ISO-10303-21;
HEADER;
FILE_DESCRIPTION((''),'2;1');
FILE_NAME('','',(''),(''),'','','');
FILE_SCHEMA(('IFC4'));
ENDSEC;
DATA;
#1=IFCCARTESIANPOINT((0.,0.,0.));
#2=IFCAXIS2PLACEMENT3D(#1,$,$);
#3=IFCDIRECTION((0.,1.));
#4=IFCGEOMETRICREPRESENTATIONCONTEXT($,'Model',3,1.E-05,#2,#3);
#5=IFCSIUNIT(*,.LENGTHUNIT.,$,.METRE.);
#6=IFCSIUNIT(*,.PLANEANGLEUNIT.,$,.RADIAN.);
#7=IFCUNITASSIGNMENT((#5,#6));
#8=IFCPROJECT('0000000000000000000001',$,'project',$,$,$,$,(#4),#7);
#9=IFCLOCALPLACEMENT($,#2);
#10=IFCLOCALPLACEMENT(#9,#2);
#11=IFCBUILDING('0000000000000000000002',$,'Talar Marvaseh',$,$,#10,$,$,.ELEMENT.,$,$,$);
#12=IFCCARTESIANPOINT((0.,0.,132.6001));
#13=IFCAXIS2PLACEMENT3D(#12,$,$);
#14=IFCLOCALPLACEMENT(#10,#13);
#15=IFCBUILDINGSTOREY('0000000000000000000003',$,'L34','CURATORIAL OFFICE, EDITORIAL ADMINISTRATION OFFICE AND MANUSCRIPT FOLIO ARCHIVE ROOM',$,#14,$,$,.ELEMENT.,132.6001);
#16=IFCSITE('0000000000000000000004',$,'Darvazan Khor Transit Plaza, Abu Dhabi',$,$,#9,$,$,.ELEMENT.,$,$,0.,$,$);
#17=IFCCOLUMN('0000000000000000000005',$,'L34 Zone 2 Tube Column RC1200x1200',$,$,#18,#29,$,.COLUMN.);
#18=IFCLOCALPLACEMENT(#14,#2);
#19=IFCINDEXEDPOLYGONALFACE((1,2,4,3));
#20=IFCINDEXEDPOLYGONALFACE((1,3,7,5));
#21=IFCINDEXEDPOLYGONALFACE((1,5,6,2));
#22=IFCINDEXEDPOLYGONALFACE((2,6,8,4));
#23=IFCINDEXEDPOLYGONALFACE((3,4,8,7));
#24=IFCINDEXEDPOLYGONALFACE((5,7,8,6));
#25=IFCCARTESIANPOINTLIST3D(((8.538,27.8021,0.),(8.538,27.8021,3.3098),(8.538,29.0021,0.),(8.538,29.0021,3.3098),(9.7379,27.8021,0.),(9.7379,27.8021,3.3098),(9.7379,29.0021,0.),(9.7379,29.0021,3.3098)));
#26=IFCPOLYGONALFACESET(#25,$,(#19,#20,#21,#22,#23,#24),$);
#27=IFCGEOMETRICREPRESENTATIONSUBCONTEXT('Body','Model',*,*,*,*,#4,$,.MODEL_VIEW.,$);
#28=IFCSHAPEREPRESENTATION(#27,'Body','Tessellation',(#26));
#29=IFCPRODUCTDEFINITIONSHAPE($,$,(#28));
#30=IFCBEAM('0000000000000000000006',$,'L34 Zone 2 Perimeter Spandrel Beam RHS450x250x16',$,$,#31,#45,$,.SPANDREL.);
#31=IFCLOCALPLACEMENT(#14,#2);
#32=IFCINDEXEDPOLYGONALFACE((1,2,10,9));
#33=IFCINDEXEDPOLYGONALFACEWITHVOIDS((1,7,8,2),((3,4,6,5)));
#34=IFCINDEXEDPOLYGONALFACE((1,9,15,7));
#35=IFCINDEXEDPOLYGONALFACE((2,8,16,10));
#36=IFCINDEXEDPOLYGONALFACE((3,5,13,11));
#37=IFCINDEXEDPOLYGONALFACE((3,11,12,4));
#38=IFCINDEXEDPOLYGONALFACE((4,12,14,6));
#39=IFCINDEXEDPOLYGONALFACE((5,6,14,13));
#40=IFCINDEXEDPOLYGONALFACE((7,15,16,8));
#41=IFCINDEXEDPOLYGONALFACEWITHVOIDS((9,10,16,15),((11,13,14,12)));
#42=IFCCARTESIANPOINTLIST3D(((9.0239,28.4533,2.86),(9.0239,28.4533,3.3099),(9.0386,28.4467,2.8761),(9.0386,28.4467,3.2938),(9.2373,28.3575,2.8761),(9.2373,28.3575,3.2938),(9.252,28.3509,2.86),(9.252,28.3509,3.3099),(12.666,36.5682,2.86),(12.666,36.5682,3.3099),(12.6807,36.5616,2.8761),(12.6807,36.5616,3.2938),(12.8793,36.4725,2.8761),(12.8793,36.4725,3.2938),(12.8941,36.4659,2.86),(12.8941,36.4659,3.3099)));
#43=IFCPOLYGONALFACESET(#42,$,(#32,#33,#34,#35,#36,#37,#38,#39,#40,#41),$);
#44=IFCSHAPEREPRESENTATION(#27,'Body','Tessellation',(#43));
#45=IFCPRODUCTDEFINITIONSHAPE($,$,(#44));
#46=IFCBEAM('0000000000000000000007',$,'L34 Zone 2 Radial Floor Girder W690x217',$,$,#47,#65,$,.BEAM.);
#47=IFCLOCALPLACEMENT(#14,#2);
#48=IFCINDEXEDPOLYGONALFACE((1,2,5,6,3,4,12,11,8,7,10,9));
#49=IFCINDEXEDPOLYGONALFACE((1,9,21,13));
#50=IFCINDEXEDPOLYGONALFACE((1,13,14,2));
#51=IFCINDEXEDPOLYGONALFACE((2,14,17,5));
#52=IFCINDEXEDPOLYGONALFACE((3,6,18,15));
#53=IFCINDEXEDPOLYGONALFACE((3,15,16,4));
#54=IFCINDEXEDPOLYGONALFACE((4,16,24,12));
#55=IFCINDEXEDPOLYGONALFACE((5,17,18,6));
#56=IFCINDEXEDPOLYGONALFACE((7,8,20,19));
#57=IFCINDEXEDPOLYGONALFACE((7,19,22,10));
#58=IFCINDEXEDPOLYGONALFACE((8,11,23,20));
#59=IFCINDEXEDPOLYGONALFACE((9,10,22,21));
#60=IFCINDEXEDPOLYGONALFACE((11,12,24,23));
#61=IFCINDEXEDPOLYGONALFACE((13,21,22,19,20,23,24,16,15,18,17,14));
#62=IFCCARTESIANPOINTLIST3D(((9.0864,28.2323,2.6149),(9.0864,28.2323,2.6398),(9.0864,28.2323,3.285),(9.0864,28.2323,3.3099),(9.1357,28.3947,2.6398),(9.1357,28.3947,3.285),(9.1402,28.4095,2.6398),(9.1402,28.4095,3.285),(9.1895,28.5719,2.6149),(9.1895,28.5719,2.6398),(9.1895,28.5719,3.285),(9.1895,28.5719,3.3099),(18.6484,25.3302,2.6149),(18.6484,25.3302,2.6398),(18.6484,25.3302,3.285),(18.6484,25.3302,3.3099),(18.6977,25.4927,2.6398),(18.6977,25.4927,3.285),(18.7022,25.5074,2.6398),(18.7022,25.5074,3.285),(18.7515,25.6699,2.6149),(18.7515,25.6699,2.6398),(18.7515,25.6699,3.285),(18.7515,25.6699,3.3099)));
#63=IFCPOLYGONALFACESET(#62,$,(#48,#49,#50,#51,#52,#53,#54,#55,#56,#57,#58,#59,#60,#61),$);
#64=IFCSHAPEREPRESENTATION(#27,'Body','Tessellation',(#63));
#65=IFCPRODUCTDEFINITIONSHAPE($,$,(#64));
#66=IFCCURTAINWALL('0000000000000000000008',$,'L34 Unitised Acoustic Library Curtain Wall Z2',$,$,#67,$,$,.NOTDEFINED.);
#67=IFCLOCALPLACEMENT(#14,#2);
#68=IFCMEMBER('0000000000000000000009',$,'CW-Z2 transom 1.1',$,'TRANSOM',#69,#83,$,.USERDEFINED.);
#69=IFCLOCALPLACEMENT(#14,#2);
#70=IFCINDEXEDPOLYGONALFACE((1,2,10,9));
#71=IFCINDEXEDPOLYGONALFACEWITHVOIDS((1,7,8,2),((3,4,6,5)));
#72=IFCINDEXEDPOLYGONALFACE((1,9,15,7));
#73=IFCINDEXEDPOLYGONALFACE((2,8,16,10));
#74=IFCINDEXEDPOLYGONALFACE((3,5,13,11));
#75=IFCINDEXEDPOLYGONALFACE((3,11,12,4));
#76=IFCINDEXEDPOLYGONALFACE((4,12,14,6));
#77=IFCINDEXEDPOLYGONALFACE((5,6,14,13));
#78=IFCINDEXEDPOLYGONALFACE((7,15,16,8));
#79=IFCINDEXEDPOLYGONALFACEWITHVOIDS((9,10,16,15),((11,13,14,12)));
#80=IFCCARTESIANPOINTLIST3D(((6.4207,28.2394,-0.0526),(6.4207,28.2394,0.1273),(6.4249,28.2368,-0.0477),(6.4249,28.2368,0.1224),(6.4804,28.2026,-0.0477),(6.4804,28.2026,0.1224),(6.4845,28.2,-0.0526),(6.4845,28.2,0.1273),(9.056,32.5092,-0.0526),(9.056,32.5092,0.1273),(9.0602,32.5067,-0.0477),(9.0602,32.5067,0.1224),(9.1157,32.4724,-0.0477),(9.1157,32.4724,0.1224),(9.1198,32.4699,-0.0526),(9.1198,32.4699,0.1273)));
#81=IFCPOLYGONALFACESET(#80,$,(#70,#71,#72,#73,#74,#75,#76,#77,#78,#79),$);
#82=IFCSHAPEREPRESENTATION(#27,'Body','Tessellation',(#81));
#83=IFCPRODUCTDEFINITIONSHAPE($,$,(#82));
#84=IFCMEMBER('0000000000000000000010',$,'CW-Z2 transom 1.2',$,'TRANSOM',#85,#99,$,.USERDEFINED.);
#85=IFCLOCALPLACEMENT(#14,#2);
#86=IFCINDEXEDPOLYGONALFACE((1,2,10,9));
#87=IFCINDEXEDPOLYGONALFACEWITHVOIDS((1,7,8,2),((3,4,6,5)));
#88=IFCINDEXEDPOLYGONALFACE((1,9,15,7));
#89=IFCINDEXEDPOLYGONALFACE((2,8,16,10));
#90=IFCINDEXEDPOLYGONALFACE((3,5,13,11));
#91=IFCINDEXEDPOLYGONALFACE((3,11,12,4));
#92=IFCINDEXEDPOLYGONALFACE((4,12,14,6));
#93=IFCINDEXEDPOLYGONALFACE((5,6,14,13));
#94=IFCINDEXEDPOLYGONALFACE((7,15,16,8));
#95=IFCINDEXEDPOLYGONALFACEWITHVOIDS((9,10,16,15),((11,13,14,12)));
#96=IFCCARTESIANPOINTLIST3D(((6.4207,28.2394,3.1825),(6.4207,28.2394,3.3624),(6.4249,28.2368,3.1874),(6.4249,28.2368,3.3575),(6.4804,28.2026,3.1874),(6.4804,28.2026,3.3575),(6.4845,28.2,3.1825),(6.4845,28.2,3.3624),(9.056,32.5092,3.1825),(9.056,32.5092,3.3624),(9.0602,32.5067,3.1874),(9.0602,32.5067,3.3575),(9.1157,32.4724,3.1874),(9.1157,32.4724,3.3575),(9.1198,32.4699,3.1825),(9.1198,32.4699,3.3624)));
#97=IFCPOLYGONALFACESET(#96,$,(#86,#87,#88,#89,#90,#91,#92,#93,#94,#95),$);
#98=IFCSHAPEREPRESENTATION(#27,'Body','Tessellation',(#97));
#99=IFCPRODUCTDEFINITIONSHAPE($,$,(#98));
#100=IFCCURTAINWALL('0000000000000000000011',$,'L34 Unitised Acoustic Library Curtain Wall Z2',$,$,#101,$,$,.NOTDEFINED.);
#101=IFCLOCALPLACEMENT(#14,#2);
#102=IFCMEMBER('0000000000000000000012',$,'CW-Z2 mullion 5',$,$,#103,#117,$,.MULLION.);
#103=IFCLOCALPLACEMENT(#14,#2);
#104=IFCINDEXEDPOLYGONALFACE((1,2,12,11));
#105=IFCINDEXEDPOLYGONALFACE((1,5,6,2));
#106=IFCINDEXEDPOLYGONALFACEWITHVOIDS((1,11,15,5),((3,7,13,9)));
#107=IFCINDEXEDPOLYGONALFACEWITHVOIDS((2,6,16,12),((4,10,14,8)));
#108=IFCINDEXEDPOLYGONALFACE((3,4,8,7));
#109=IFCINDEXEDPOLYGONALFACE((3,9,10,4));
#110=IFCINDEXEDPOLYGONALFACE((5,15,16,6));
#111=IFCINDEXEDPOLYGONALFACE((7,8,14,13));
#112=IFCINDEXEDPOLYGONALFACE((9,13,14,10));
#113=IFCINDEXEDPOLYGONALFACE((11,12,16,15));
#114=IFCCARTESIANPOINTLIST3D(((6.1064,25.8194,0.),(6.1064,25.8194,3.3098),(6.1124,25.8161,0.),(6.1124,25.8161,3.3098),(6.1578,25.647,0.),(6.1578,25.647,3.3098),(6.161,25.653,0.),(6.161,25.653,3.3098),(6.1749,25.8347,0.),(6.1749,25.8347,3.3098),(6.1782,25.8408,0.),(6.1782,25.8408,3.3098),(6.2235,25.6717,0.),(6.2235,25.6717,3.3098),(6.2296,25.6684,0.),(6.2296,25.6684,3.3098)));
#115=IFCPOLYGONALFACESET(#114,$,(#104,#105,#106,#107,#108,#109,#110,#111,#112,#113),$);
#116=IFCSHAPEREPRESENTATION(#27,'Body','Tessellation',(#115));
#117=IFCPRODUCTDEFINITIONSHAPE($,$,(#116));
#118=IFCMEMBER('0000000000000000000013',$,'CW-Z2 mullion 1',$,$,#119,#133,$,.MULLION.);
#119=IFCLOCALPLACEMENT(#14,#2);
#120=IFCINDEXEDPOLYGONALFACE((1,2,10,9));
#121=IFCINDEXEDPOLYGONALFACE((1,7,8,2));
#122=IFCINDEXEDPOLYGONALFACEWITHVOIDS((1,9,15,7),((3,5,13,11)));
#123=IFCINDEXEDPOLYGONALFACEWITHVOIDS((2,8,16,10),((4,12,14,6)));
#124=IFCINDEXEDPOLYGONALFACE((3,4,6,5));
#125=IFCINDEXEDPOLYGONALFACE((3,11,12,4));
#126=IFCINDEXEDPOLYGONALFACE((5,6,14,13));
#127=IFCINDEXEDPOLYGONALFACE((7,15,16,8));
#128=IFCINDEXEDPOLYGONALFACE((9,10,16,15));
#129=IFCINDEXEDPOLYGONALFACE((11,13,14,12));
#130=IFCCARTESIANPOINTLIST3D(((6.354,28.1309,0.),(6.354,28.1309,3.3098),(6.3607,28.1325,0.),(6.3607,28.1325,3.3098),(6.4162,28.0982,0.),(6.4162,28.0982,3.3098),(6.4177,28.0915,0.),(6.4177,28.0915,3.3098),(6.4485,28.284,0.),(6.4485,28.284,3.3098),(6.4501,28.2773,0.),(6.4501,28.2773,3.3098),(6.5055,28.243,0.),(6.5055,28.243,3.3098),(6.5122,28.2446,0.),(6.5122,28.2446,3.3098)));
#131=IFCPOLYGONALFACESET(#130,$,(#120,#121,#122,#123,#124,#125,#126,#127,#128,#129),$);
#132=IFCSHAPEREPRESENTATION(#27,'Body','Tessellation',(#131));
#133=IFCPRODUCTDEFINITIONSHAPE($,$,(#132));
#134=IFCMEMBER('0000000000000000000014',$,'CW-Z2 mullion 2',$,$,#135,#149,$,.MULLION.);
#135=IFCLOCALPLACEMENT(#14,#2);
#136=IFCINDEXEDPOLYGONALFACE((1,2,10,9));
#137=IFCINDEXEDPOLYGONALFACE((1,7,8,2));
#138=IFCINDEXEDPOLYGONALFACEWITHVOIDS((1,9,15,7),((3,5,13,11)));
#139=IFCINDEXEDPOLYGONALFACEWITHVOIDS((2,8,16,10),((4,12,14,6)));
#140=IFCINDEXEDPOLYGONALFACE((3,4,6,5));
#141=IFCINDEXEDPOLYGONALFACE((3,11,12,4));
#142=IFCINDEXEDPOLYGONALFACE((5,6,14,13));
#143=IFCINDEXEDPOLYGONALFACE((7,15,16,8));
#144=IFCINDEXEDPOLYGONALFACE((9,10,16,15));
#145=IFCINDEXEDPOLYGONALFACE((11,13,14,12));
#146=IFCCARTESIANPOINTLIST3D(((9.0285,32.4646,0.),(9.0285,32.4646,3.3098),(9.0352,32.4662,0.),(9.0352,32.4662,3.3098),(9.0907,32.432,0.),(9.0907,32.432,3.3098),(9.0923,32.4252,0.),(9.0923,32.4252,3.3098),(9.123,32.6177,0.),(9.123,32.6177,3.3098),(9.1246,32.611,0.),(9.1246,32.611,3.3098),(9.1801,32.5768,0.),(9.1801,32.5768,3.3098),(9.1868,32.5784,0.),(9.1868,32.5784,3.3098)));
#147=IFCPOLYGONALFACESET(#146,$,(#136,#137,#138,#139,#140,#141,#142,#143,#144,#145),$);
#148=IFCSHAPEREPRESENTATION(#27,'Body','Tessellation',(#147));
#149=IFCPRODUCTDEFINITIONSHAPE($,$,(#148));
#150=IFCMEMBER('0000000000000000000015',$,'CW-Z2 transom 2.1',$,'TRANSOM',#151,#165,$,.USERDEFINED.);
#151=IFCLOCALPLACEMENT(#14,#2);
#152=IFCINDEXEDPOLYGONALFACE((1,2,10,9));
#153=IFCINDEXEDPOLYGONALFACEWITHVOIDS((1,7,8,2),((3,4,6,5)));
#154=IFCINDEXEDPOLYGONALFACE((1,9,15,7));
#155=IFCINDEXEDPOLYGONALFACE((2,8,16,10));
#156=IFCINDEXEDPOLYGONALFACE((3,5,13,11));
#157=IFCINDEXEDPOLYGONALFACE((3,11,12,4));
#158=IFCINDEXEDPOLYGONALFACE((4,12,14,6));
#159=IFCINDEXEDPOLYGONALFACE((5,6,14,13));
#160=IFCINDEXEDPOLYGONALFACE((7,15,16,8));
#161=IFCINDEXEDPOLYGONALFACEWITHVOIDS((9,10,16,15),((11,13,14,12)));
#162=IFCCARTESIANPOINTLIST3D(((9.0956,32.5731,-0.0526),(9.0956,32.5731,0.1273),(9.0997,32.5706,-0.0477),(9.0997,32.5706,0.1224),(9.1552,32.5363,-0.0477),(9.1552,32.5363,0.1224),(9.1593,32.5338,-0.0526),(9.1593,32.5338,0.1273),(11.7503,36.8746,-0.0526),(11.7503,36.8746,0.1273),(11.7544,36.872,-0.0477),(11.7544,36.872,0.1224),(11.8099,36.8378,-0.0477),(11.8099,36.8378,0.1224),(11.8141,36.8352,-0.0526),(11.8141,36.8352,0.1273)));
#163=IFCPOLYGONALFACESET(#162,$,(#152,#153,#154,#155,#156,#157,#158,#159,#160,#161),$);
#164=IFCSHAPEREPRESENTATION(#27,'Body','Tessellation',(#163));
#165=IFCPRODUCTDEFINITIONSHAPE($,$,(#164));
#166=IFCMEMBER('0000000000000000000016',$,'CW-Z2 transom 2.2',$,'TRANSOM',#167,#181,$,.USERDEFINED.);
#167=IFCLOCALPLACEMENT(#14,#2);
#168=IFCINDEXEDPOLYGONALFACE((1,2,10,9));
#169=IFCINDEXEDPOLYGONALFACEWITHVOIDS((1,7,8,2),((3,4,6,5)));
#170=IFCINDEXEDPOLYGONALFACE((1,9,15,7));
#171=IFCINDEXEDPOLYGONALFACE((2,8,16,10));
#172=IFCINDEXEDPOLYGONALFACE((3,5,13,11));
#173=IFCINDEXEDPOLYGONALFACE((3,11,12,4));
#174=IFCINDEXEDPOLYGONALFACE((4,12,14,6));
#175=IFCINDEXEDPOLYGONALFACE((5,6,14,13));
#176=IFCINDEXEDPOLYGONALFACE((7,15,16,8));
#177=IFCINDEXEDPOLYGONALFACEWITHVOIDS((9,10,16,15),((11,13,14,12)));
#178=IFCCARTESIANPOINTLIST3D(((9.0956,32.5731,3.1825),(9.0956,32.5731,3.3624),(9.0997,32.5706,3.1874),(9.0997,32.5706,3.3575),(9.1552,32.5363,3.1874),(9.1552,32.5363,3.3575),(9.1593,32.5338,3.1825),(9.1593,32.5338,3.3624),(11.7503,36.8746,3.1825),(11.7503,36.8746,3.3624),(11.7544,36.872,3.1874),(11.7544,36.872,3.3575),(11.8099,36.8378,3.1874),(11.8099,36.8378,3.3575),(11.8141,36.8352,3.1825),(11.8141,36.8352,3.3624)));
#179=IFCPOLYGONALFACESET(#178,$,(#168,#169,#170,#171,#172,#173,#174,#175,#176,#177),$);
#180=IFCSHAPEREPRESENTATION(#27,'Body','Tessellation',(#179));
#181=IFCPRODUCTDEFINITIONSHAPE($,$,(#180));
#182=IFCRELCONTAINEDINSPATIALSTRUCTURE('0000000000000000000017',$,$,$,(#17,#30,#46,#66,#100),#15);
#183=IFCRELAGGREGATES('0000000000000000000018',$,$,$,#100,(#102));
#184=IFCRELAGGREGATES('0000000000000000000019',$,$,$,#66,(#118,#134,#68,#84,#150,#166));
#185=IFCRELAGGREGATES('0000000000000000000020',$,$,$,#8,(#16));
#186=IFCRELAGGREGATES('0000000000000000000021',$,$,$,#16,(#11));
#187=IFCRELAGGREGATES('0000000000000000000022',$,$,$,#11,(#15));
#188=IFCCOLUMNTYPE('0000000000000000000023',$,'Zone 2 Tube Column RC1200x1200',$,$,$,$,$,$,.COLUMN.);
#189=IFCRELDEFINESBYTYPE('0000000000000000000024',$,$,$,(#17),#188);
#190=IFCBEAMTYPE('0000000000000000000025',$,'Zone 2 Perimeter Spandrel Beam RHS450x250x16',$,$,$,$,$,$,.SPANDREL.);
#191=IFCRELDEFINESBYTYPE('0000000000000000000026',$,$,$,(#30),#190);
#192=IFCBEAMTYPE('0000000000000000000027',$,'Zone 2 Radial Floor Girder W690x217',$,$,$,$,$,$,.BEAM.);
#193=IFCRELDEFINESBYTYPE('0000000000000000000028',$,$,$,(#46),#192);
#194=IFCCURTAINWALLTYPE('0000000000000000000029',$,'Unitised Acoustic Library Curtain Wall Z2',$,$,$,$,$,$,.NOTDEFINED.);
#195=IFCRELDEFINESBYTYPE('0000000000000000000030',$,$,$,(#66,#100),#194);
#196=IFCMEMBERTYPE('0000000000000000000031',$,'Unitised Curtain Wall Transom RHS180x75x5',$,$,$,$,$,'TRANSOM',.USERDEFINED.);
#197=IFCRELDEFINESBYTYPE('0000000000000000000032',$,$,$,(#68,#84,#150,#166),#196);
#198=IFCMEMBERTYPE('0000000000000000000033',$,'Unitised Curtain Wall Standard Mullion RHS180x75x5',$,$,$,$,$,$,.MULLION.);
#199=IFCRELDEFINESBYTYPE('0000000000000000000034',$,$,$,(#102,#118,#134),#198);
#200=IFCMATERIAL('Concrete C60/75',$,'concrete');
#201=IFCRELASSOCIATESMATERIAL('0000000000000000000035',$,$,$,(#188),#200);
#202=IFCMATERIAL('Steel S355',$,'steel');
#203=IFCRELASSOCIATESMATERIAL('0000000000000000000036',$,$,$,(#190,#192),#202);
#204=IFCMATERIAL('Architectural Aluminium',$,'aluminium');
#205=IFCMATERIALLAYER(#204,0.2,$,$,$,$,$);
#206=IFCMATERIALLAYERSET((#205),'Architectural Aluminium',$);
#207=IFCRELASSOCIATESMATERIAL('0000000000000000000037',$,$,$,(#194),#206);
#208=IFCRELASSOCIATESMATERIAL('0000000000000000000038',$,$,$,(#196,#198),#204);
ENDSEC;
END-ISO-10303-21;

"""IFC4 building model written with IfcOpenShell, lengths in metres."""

from ifc_helpers import new_model, si_unit, direction, frame, origin, origin_2d, place, context, subcontext, project, spatial, rectangle, hollow_rectangle, i_section, extrude, source, transform, mapped, material, layer, layer_set, material_profile, profile_set, type_object, type_shapes, element, aggregate, save


model = new_model("IFC4")

# Units and contexts
model_context = context("Model", 3, precision=1e-05, world=origin(), true_north=direction((0.0, 1.0)))
body_context = subcontext(model_context, "Body", "Model", "MODEL_VIEW")
ifc_project = project(units=[si_unit("LENGTHUNIT", "METRE"), si_unit("PLANEANGLEUNIT", "RADIAN")], contexts=[model_context])

# Site, building, storey
site_placement = place(None, origin())
site = spatial("IfcSite", under=ifc_project, at=site_placement, Name="Darvazan Khor Transit Plaza, Abu Dhabi", CompositionType="ELEMENT", RefElevation=0.0)
building_placement = place(site_placement, origin())
building = spatial("IfcBuilding", under=site, at=building_placement, Name="Talar Marvaseh", CompositionType="ELEMENT")
storey_placement = place(building_placement, frame((0.0, 0.0, 132.6001)))
storey = spatial("IfcBuildingStorey", under=building, at=storey_placement, Name="L34", Description="CURATORIAL OFFICE, EDITORIAL ADMINISTRATION OFFICE AND MANUSCRIPT FOLIO ARCHIVE ROOM", CompositionType="ELEMENT", Elevation=132.6001)

# Column
ifc_material_1 = material(Name="Concrete C60/75", Category="concrete")
ifc_material_profile_1 = material_profile(ifc_material_1, rectangle(XDim=1.2, YDim=1.2, at=origin_2d()), Name="RC1200x1200")
ifc_profile_set_1 = profile_set([ifc_material_profile_1], Name="Concrete C60/75")
column_type = type_object("IfcColumnType", Name="Zone 2 Tube Column RC1200x1200", PredefinedType="COLUMN", material=ifc_profile_set_1)
column_placement = place(storey_placement, frame((9.1379, 28.4021, 0.0), z_axis=(0.0, 0.0, 1.0), x_axis=(1.0, 0.0, 0.0)))
element("IfcColumn", 1, at=column_placement, inside=storey, type_object=column_type, Name="L34 Zone 2 Tube Column RC1200x1200", PredefinedType="COLUMN", context=body_context, shape_type="SweptSolid", body=[
    extrude(rectangle(XDim=1.2, YDim=1.2, at=origin_2d()), origin(), (0.0, 0.0, 1.0), 3.3098),
])

# Beams
ifc_material_2 = material(Name="Steel S355", Category="steel")
ifc_material_profile_2 = material_profile(ifc_material_2, hollow_rectangle(XDim=0.25, YDim=0.45, WallThickness=0.0161, at=origin_2d()), Name="RHS450x250x16")
ifc_profile_set_2 = profile_set([ifc_material_profile_2], Name="Steel S355")
beam_type_1 = type_object("IfcBeamType", Name="Zone 2 Perimeter Spandrel Beam RHS450x250x16", PredefinedType="SPANDREL", material=ifc_profile_set_2)
beam_1_placement = place(storey_placement, frame((9.1379, 28.4021, 3.085), z_axis=(0.409462, 0.912327, 0.0), x_axis=(-0.912327, 0.409462, 0.0)))
element("IfcBeam", 2, at=beam_1_placement, inside=storey, type_object=beam_type_1, Name="L34 Zone 2 Perimeter Spandrel Beam RHS450x250x16", PredefinedType="SPANDREL", context=body_context, shape_type="SweptSolid", body=[
    extrude(hollow_rectangle(XDim=0.25, YDim=0.45, WallThickness=0.0161, at=origin_2d()), origin(), (0.0, 0.0, 1.0), 8.8948),
])
ifc_material_profile_3 = material_profile(ifc_material_2, i_section(OverallWidth=0.355, OverallDepth=0.6951, WebThickness=0.0154, FlangeThickness=0.0249, at=origin_2d()), Name="W690x217")
ifc_profile_set_3 = profile_set([ifc_material_profile_3], Name="Steel S355")
beam_type_2 = type_object("IfcBeamType", Name="Zone 2 Radial Floor Girder W690x217", PredefinedType="BEAM", material=ifc_profile_set_3)
beam_2_placement = place(storey_placement, frame((9.1379, 28.4021, 2.9624), z_axis=(0.956899, -0.290422, 0.0), x_axis=(0.290422, 0.956899, 0.0)))
element("IfcBeam", 3, at=beam_2_placement, inside=storey, type_object=beam_type_2, Name="L34 Zone 2 Radial Floor Girder W690x217", PredefinedType="BEAM", context=body_context, shape_type="SweptSolid", body=[
    extrude(i_section(OverallWidth=0.355, OverallDepth=0.6951, WebThickness=0.0154, FlangeThickness=0.0249, at=origin_2d()), origin(), (0.0, 0.0, 1.0), 9.9927),
])

# Curtain wall, members
ifc_material_3 = material(Name="Architectural Aluminium", Category="aluminium")
ifc_layer_1 = layer(ifc_material_3, 0.2)
ifc_layer_set_1 = layer_set([ifc_layer_1], Name="Architectural Aluminium")
curtain_wall_type = type_object("IfcCurtainWallType", Name="Unitised Acoustic Library Curtain Wall Z2", PredefinedType="NOTDEFINED", material=ifc_layer_set_1)
curtain_wall_1_placement = place(storey_placement, origin())
curtain_wall_1 = element("IfcCurtainWall", 4, at=curtain_wall_1_placement, inside=storey, type_object=curtain_wall_type, Name="L34 Unitised Acoustic Library Curtain Wall Z2", PredefinedType="NOTDEFINED")
ifc_material_profile_4 = material_profile(ifc_material_3, hollow_rectangle(XDim=0.075, YDim=0.1799, WallThickness=0.0049, at=origin_2d()), Name="RHS180x75x5")
ifc_profile_set_4 = profile_set([ifc_material_profile_4], Name="Architectural Aluminium")
member_type_1 = type_object("IfcMemberType", Name="Unitised Curtain Wall Transom RHS180x75x5", ElementType="TRANSOM", PredefinedType="USERDEFINED", material=ifc_profile_set_4)
shared_shape_1 = source(origin(), body_context, "Body", "SweptSolid", [
    extrude(hollow_rectangle(XDim=0.075, YDim=0.1799, WallThickness=0.0049, at=origin_2d()), origin(), (0.0, 0.0, 1.0), 5.0176),
])
member_1_placement = place(storey_placement, frame((6.4526, 28.2197, 0.0374), z_axis=(0.52521, 0.850973, 0.0), x_axis=(-0.850973, 0.52521, 0.0)))
member_1 = element("IfcMember", 5, at=member_1_placement, type_object=member_type_1, Name="CW-Z2 transom 1.1", ObjectType="TRANSOM", PredefinedType="USERDEFINED", context=body_context, shape_type="MappedRepresentation", body=[
    mapped(shared_shape_1, transform((0.0, 0.0, 0.0), x_axis=(1.0, 0.0, 0.0), y_axis=(0.0, 1.0, 0.0), z_axis=(0.0, 0.0, 1.0), scale=1.0)),
])
member_2_placement = place(storey_placement, frame((6.4526, 28.2197, 3.2725), z_axis=(0.52521, 0.850973, 0.0), x_axis=(-0.850973, 0.52521, 0.0)))
member_2 = element("IfcMember", 6, at=member_2_placement, type_object=member_type_1, Name="CW-Z2 transom 1.2", ObjectType="TRANSOM", PredefinedType="USERDEFINED", context=body_context, shape_type="MappedRepresentation", body=[
    mapped(shared_shape_1, transform((0.0, 0.0, 0.0), x_axis=(1.0, 0.0, 0.0), y_axis=(0.0, 1.0, 0.0), z_axis=(0.0, 0.0, 1.0), scale=1.0)),
])

# Curtain wall, member
curtain_wall_2_placement = place(storey_placement, origin())
curtain_wall_2 = element("IfcCurtainWall", 7, at=curtain_wall_2_placement, inside=storey, type_object=curtain_wall_type, Name="L34 Unitised Acoustic Library Curtain Wall Z2", PredefinedType="NOTDEFINED")
ifc_material_profile_5 = material_profile(ifc_material_3, hollow_rectangle(XDim=0.075, YDim=0.1799, WallThickness=0.0049, at=origin_2d()), Name="RHS180x75x5")
ifc_profile_set_5 = profile_set([ifc_material_profile_5], Name="Architectural Aluminium")
member_type_2 = type_object("IfcMemberType", Name="Unitised Curtain Wall Standard Mullion RHS180x75x5", PredefinedType="MULLION", material=ifc_profile_set_5)
shared_shape_2 = source(origin(), body_context, "Body", "SweptSolid", [
    extrude(hollow_rectangle(XDim=0.075, YDim=0.1799, WallThickness=0.0049, at=origin_2d()), origin(), (0.0, 0.0, 1.0), 3.3098),
])
type_shapes(member_type_2, [shared_shape_2])
member_3_placement = place(storey_placement, frame((6.168, 25.7439, 0.0), z_axis=(0.0, 0.0, 1.0), x_axis=(-0.958341, -0.285628, 0.0)))
member_3 = element("IfcMember", 8, at=member_3_placement, type_object=member_type_2, Name="CW-Z2 mullion 5", PredefinedType="MULLION", context=body_context, shape_type="MappedRepresentation", body=[
    mapped(shared_shape_2, transform((0.0, 0.0, 0.0), x_axis=(1.0, 0.0, 0.0), y_axis=(0.0, 1.0, 0.0), z_axis=(0.0, 0.0, 1.0), scale=1.0)),
])
aggregate(curtain_wall_2, [member_3])

# Members
member_4_placement = place(storey_placement, frame((6.4331, 28.1877, 0.0), z_axis=(0.0, 0.0, 1.0), x_axis=(-0.850974, 0.525207, 0.0)))
member_4 = element("IfcMember", 9, at=member_4_placement, type_object=member_type_2, Name="CW-Z2 mullion 1", PredefinedType="MULLION", context=body_context, shape_type="MappedRepresentation", body=[
    mapped(shared_shape_2, transform((0.0, 0.0, 0.0), x_axis=(1.0, 0.0, 0.0), y_axis=(0.0, 1.0, 0.0), z_axis=(0.0, 0.0, 1.0), scale=1.0)),
])
member_5_placement = place(storey_placement, frame((9.1077, 32.5215, 0.0), z_axis=(0.0, 0.0, 1.0), x_axis=(-0.850974, 0.525207, 0.0)))
member_5 = element("IfcMember", 10, at=member_5_placement, type_object=member_type_2, Name="CW-Z2 mullion 2", PredefinedType="MULLION", context=body_context, shape_type="MappedRepresentation", body=[
    mapped(shared_shape_2, transform((0.0, 0.0, 0.0), x_axis=(1.0, 0.0, 0.0), y_axis=(0.0, 1.0, 0.0), z_axis=(0.0, 0.0, 1.0), scale=1.0)),
])
shared_shape_3 = source(origin(), body_context, "Body", "SweptSolid", [
    extrude(hollow_rectangle(XDim=0.075, YDim=0.1799, WallThickness=0.0049, at=origin_2d()), origin(), (0.0, 0.0, 1.0), 5.0547),
])
type_shapes(member_type_1, [shared_shape_1, shared_shape_3])
member_6_placement = place(storey_placement, frame((9.1274, 32.5535, 0.0374), z_axis=(0.525202, 0.850978, 0.0), x_axis=(-0.850978, 0.525202, 0.0)))
member_6 = element("IfcMember", 11, at=member_6_placement, type_object=member_type_1, Name="CW-Z2 transom 2.1", ObjectType="TRANSOM", PredefinedType="USERDEFINED", context=body_context, shape_type="MappedRepresentation", body=[
    mapped(shared_shape_3, transform((0.0, 0.0, 0.0), x_axis=(1.0, 0.0, 0.0), y_axis=(0.0, 1.0, 0.0), z_axis=(0.0, 0.0, 1.0), scale=1.0)),
])
member_7_placement = place(storey_placement, frame((9.1274, 32.5535, 3.2725), z_axis=(0.525202, 0.850978, 0.0), x_axis=(-0.850978, 0.525202, 0.0)))
member_7 = element("IfcMember", 12, at=member_7_placement, type_object=member_type_1, Name="CW-Z2 transom 2.2", ObjectType="TRANSOM", PredefinedType="USERDEFINED", context=body_context, shape_type="MappedRepresentation", body=[
    mapped(shared_shape_3, transform((0.0, 0.0, 0.0), x_axis=(1.0, 0.0, 0.0), y_axis=(0.0, 1.0, 0.0), z_axis=(0.0, 0.0, 1.0), scale=1.0)),
])

aggregate(curtain_wall_1, [member_4, member_5, member_1, member_2, member_6, member_7])

save(model, "model.ifc")
